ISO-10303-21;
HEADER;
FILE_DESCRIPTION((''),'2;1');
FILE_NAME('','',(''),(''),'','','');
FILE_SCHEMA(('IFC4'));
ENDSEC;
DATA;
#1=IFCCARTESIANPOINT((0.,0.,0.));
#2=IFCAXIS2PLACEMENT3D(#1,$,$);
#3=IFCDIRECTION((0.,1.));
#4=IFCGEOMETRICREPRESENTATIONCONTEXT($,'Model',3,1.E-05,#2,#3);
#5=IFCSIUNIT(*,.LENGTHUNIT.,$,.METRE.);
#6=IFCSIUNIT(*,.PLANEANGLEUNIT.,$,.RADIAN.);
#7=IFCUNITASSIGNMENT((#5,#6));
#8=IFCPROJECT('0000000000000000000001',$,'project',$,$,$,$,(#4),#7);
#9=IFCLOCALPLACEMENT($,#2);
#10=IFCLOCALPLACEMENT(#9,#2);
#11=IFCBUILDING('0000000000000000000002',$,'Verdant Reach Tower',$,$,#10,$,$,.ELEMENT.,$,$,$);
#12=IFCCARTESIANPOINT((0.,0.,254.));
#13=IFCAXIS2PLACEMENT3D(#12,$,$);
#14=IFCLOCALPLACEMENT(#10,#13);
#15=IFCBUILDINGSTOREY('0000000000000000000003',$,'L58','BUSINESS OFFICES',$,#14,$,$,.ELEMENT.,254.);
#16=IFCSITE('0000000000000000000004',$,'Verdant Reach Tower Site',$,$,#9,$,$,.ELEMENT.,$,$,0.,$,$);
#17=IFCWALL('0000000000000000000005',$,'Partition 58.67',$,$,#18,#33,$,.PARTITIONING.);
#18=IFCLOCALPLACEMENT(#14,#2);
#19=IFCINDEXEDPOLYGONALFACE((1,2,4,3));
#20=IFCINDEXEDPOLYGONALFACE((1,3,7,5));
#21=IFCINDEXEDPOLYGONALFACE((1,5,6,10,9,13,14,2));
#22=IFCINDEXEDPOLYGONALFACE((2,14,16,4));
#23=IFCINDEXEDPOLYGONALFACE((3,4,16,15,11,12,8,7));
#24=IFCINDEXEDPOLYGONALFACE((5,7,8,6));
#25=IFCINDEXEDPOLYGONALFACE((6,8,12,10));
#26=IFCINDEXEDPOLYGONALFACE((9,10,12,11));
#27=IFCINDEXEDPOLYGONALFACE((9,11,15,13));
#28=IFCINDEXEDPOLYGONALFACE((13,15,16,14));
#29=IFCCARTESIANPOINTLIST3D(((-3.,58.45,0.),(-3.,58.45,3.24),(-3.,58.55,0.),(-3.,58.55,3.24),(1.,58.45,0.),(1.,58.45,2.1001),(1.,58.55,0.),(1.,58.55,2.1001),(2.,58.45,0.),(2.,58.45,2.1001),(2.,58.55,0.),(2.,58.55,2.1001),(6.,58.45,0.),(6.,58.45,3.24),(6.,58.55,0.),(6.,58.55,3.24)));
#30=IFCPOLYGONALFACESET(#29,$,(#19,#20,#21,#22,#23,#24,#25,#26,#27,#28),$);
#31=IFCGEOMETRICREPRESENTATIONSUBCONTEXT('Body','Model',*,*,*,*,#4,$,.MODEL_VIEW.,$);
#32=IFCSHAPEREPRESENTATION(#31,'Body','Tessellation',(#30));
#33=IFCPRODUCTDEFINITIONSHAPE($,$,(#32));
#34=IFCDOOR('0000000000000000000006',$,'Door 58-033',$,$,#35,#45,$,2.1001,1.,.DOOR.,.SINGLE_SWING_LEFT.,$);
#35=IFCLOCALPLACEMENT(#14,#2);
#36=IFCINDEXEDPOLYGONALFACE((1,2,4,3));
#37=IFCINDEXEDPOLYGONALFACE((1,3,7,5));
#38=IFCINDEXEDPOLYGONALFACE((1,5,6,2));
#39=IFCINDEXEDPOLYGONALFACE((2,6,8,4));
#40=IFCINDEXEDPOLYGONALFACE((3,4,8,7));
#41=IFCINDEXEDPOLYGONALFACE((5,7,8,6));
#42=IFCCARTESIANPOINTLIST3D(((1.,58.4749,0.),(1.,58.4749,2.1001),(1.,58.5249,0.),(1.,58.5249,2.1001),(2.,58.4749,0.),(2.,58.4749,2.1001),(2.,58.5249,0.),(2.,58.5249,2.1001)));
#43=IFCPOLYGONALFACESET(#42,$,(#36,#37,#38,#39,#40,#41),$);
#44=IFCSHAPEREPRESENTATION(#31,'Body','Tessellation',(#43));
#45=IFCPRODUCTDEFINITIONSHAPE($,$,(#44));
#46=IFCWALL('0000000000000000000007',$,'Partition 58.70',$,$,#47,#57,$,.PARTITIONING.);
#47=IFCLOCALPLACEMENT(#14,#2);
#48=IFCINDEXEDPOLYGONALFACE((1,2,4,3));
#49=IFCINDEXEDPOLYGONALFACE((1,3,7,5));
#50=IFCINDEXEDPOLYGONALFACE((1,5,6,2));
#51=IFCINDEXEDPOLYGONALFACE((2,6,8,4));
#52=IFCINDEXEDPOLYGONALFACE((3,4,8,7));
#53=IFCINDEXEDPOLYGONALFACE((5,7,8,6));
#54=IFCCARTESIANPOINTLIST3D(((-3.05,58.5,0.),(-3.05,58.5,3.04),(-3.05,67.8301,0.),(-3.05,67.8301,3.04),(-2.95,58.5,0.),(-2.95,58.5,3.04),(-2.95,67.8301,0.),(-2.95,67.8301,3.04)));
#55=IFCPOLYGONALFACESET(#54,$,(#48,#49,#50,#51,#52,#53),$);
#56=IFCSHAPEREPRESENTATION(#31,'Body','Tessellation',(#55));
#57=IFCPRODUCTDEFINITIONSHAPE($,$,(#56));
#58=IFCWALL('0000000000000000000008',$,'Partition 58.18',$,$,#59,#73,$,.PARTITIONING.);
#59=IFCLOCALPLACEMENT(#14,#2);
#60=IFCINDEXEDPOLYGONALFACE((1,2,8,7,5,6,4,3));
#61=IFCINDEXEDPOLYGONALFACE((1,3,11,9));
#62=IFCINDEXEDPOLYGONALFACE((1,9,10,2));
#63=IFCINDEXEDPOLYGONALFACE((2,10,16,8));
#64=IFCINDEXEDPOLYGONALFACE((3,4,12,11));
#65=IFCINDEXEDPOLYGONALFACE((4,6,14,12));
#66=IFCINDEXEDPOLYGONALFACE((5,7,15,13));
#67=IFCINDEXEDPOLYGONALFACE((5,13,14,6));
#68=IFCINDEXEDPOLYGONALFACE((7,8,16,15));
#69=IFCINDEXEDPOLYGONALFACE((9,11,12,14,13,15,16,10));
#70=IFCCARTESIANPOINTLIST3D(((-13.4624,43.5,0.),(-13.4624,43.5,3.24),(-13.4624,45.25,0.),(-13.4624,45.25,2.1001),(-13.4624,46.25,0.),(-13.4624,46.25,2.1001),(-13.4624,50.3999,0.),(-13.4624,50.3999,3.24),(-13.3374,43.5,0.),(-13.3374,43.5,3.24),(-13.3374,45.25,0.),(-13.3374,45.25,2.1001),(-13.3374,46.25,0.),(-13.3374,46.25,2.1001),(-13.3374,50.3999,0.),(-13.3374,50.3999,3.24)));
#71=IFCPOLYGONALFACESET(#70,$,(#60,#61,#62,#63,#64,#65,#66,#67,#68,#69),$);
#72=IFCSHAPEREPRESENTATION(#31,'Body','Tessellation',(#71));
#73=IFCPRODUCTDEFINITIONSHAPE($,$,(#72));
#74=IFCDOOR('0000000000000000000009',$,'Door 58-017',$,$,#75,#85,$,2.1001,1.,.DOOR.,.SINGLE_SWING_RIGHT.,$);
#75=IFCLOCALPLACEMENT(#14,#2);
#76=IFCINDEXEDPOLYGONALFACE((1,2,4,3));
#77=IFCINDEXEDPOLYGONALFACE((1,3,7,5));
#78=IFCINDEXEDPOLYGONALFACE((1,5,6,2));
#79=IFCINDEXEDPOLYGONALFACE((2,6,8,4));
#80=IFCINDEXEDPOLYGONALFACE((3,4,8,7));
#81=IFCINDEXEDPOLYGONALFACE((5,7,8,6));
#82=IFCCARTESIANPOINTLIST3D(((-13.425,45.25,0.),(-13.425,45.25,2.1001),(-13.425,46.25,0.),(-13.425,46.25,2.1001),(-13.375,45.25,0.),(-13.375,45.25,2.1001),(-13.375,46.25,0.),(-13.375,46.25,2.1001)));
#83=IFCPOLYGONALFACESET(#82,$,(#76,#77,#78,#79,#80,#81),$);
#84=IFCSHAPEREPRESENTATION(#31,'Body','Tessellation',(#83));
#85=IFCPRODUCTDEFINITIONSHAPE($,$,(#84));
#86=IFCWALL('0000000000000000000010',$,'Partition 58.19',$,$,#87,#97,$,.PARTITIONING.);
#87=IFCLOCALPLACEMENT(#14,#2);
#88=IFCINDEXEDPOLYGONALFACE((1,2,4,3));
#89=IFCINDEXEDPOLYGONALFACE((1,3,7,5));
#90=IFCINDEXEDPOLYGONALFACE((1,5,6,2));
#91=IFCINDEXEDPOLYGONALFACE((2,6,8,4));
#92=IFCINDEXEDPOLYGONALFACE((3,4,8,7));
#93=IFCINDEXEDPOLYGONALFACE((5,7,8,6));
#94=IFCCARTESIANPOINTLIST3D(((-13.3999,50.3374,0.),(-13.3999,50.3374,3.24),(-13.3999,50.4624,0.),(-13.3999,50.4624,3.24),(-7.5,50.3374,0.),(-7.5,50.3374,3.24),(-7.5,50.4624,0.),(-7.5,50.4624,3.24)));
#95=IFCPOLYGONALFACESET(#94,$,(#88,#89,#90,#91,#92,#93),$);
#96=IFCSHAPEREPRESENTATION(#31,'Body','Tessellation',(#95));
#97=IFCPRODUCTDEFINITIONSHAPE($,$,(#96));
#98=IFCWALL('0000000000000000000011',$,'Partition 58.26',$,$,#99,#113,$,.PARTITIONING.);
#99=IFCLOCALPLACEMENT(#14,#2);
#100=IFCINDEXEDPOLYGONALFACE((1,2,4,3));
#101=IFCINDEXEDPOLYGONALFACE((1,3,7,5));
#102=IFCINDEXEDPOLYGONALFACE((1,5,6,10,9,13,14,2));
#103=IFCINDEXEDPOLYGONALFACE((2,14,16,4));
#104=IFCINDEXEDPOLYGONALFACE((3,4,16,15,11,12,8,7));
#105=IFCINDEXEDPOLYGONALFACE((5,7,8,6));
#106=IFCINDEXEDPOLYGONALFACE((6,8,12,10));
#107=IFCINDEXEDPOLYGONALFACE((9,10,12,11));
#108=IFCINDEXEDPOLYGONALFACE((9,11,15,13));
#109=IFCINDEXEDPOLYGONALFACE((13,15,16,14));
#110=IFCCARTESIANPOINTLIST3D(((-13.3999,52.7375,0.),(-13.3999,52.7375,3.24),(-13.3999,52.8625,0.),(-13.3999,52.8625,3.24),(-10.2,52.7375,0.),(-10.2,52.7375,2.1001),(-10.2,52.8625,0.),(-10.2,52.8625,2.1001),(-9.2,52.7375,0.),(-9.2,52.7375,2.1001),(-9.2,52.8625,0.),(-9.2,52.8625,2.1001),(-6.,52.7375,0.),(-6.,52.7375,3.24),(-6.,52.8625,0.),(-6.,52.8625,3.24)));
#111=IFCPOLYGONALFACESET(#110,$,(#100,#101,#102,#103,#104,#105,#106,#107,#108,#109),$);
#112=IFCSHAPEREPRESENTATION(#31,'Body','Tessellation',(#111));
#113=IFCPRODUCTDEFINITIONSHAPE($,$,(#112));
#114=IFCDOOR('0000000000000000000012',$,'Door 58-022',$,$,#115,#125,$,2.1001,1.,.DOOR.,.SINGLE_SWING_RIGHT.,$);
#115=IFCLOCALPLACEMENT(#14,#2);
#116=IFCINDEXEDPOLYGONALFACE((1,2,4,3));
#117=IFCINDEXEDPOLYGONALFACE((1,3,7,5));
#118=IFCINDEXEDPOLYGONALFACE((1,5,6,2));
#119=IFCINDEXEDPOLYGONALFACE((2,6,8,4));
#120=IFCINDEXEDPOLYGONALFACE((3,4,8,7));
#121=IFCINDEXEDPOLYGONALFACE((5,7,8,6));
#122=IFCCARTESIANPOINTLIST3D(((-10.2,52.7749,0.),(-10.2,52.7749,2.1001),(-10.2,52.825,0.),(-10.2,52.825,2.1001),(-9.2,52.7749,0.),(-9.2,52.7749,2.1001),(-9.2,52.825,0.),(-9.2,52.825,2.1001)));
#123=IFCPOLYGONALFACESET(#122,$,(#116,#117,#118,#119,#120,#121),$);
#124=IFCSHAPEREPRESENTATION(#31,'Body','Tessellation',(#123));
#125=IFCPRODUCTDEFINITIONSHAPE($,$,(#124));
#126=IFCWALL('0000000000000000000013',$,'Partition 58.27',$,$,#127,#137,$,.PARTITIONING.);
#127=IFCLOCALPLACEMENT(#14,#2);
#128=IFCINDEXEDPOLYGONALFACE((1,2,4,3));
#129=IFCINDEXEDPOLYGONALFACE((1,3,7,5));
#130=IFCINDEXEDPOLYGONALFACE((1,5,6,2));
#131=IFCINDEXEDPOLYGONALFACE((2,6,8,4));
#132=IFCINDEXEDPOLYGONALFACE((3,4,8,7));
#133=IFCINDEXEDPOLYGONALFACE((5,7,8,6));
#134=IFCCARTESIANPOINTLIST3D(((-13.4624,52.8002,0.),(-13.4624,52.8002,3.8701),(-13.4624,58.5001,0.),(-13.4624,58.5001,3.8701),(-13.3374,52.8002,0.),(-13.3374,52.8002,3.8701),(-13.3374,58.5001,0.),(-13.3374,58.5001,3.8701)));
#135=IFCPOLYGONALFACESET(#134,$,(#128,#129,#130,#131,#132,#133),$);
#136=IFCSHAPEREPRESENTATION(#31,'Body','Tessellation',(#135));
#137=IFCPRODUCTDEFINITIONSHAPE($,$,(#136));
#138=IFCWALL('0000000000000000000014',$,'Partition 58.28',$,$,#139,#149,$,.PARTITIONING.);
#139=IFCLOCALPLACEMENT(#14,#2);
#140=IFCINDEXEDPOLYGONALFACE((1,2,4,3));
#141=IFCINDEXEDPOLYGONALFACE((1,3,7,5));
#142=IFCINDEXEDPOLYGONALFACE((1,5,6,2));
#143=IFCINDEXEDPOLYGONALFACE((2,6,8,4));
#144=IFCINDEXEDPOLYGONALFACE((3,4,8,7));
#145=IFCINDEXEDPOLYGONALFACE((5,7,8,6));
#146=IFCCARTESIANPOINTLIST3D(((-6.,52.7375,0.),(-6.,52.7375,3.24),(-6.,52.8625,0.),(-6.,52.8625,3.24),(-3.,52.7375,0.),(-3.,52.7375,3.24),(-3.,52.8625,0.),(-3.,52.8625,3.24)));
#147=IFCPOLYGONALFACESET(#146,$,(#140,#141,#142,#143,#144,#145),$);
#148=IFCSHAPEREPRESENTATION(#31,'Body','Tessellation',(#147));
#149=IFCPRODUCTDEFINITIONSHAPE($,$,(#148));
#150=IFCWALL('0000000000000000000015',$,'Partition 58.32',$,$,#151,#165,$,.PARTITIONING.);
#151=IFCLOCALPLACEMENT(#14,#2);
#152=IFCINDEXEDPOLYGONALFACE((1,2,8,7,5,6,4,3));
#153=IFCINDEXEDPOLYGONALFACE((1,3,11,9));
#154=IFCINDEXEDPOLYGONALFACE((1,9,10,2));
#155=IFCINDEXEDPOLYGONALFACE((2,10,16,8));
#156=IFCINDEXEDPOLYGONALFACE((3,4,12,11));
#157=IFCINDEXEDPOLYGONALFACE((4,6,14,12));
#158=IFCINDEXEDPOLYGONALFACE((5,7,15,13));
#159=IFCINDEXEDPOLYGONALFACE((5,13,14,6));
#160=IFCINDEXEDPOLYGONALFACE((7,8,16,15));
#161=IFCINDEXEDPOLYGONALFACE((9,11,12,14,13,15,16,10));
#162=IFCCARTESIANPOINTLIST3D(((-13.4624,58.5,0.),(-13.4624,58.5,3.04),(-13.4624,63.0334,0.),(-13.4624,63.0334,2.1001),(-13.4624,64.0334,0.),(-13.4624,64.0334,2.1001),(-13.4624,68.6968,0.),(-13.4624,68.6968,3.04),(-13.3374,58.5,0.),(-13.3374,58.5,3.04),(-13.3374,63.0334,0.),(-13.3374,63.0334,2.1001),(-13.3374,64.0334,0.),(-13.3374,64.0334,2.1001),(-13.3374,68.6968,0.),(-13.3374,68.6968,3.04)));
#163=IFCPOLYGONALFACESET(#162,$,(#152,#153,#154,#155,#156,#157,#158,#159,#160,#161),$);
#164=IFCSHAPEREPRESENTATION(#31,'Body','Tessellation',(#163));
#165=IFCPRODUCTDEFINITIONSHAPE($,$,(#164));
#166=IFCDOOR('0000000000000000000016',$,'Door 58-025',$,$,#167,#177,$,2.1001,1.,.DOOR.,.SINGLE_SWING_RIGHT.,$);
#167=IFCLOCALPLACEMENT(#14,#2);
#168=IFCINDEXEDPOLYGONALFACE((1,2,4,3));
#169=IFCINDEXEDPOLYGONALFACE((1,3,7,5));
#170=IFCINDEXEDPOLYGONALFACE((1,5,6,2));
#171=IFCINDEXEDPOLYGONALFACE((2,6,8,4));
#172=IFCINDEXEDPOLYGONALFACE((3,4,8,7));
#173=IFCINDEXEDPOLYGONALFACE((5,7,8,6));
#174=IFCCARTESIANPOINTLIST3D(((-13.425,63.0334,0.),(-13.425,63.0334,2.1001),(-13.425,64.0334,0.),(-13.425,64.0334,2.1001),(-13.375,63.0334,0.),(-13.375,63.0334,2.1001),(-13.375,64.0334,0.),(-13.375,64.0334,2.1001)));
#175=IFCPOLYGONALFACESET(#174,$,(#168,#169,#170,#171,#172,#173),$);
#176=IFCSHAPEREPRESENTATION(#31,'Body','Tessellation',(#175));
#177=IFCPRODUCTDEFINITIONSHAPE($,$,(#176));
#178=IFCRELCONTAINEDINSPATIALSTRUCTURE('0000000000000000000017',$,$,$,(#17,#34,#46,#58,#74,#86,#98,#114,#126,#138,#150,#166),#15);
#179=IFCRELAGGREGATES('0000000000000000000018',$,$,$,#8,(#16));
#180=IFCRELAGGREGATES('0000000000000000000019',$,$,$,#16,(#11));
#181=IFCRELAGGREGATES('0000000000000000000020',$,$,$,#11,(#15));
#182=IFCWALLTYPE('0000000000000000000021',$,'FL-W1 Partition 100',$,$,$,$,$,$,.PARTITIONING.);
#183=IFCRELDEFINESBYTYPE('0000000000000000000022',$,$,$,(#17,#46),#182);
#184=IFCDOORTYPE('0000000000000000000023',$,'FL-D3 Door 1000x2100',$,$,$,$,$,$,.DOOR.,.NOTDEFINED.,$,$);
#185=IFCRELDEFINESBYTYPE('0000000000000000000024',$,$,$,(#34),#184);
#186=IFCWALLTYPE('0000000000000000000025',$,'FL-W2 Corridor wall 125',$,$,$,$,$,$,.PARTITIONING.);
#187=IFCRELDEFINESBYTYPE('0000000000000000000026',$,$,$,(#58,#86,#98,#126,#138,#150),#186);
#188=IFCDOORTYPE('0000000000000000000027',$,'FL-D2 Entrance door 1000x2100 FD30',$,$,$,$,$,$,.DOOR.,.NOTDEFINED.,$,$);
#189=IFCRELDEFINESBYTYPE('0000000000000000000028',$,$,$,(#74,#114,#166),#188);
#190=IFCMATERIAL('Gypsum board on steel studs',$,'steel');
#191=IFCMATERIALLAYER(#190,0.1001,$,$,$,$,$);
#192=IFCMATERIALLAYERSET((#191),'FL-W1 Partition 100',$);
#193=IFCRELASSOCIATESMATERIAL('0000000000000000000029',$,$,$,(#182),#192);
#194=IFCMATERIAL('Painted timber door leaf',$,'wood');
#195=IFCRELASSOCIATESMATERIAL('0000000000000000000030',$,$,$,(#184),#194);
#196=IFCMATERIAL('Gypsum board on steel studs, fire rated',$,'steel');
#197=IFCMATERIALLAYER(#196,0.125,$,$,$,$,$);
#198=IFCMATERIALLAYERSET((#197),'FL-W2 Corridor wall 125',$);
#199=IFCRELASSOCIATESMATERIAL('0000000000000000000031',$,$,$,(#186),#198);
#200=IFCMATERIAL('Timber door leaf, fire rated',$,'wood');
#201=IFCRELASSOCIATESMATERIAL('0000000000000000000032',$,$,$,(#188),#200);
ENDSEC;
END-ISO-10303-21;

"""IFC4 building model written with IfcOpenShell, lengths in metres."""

from ifc_helpers import new_model, si_unit, direction, frame, frame_2d, origin, place, context, subcontext, project, spatial, rectangle, extrude, material, layer, layer_set, type_object, element, fill, save


model = new_model("IFC4")

# Units and contexts
model_context = context("Model", 3, precision=1e-05, world=origin(), true_north=direction((0.0, 1.0)))
body_context = subcontext(model_context, "Body", "Model", "MODEL_VIEW")
ifc_project = project(units=[si_unit("LENGTHUNIT", "METRE"), si_unit("PLANEANGLEUNIT", "RADIAN")], contexts=[model_context])

# Site, building, storey
site_placement = place(None, origin())
site = spatial("IfcSite", under=ifc_project, at=site_placement, Name="Verdant Reach Tower Site", CompositionType="ELEMENT", RefElevation=0.0)
building_placement = place(site_placement, origin())
building = spatial("IfcBuilding", under=site, at=building_placement, Name="Verdant Reach Tower", CompositionType="ELEMENT")
storey_placement = place(building_placement, frame((0.0, 0.0, 254.0)))
storey = spatial("IfcBuildingStorey", under=building, at=storey_placement, Name="L58", Description="BUSINESS OFFICES", CompositionType="ELEMENT", Elevation=254.0)

# Shared definitions
ifc_material_1 = material(Name="Gypsum board on steel studs", Category="steel")
ifc_layer_1 = layer(ifc_material_1, 0.1001)
ifc_layer_set_1 = layer_set([ifc_layer_1], Name="FL-W1 Partition 100")
wall_type_1 = type_object("IfcWallType", Name="FL-W1 Partition 100", PredefinedType="PARTITIONING", material=ifc_layer_set_1)

# Shared definitions
ifc_material_2 = material(Name="Painted timber door leaf", Category="wood")
door_type_1 = type_object("IfcDoorType", Name="FL-D3 Door 1000x2100", OperationType="NOTDEFINED", PredefinedType="DOOR", material=ifc_material_2)

# Wall, opening, door
wall_1_placement = place(storey_placement, frame((-3.0, 58.5, 0.0), z_axis=(0.0, 0.0, 1.0), x_axis=(1.0, 0.0, 0.0)))
wall_1 = element("IfcWall", 1, at=wall_1_placement, inside=storey, type_object=wall_type_1, Name="Partition 58.67", PredefinedType="PARTITIONING", context=body_context, shape_type="SweptSolid", body=[
    extrude(rectangle(XDim=9.0, YDim=0.1001, at=frame_2d((4.5, 0.0))), origin(), (0.0, 0.0, 1.0), 3.24),
])
opening_1_placement = place(wall_1_placement, frame((4.0, 0.0, 0.0)))
opening_1 = element("IfcOpeningElement", 2, at=opening_1_placement, cuts=wall_1, PredefinedType="OPENING", context=body_context, shape_type="SweptSolid", body=[
    extrude(rectangle(XDim=1.0, YDim=2.1001, at=frame_2d((0.5, 1.05))), frame((0.0, 0.0601, 0.0), z_axis=(0.0, -1.0, 0.0), x_axis=(1.0, 0.0, 0.0)), (0.0, 0.0, 1.0), 0.1201),
])
door_1_placement = place(opening_1_placement, origin())
door_1 = element("IfcDoor", 3, at=door_1_placement, inside=storey, type_object=door_type_1, Name="Door 58-033", OperationType="SINGLE_SWING_LEFT", OverallHeight=2.1001, OverallWidth=1.0, PredefinedType="DOOR", context=body_context, shape_type="SweptSolid", body=[
    extrude(rectangle(XDim=1.0, YDim=2.1001, at=frame_2d((0.5, 1.05))), frame((0.0, 0.0249, 0.0), z_axis=(0.0, -1.0, 0.0), x_axis=(1.0, 0.0, 0.0)), (0.0, 0.0, 1.0), 0.05),
])
fill(opening_1, door_1)

# Wall
wall_2_placement = place(storey_placement, frame((-3.0, 58.5, 0.0), z_axis=(0.0, 0.0, 1.0), x_axis=(0.0, 1.0, 0.0)))
element("IfcWall", 4, at=wall_2_placement, inside=storey, type_object=wall_type_1, Name="Partition 58.70", PredefinedType="PARTITIONING", context=body_context, shape_type="SweptSolid", body=[
    extrude(rectangle(XDim=9.3301, YDim=0.1001, at=frame_2d((4.665, 0.0))), origin(), (0.0, 0.0, 1.0), 3.04),
])

# Wall, opening, door
ifc_material_3 = material(Name="Gypsum board on steel studs, fire rated", Category="steel")
ifc_layer_2 = layer(ifc_material_3, 0.125)
ifc_layer_set_2 = layer_set([ifc_layer_2], Name="FL-W2 Corridor wall 125")
wall_type_2 = type_object("IfcWallType", Name="FL-W2 Corridor wall 125", PredefinedType="PARTITIONING", material=ifc_layer_set_2)
wall_3_placement = place(storey_placement, frame((-13.3999, 50.3999, 0.0), z_axis=(0.0, 0.0, 1.0), x_axis=(0.0, -1.0, 0.0)))
wall_3 = element("IfcWall", 5, at=wall_3_placement, inside=storey, type_object=wall_type_2, Name="Partition 58.18", PredefinedType="PARTITIONING", context=body_context, shape_type="SweptSolid", body=[
    extrude(rectangle(XDim=6.8999, YDim=0.125, at=frame_2d((3.45, 0.0))), origin(), (0.0, 0.0, 1.0), 3.24),
])
opening_2_placement = place(wall_3_placement, frame((4.1499, 0.0, 0.0)))
opening_2 = element("IfcOpeningElement", 6, at=opening_2_placement, cuts=wall_3, PredefinedType="OPENING", context=body_context, shape_type="SweptSolid", body=[
    extrude(rectangle(XDim=1.0, YDim=2.1001, at=frame_2d((0.5, 1.05))), frame((0.0, 0.0725, 0.0), z_axis=(0.0, -1.0, 0.0), x_axis=(1.0, 0.0, 0.0)), (0.0, 0.0, 1.0), 0.145),
])
ifc_material_4 = material(Name="Timber door leaf, fire rated", Category="wood")
door_type_2 = type_object("IfcDoorType", Name="FL-D2 Entrance door 1000x2100 FD30", OperationType="NOTDEFINED", PredefinedType="DOOR", material=ifc_material_4)
door_2_placement = place(opening_2_placement, origin())
door_2 = element("IfcDoor", 7, at=door_2_placement, inside=storey, type_object=door_type_2, Name="Door 58-017", OperationType="SINGLE_SWING_RIGHT", OverallHeight=2.1001, OverallWidth=1.0, PredefinedType="DOOR", context=body_context, shape_type="SweptSolid", body=[
    extrude(rectangle(XDim=1.0, YDim=2.1001, at=frame_2d((0.5, 1.05))), frame((0.0, 0.0249, 0.0), z_axis=(0.0, -1.0, 0.0), x_axis=(1.0, 0.0, 0.0)), (0.0, 0.0, 1.0), 0.05),
])
fill(opening_2, door_2)

# Wall
wall_4_placement = place(storey_placement, frame((-7.5, 50.3999, 0.0), z_axis=(0.0, 0.0, 1.0), x_axis=(-1.0, 0.0, 0.0)))
element("IfcWall", 8, at=wall_4_placement, inside=storey, type_object=wall_type_2, Name="Partition 58.19", PredefinedType="PARTITIONING", context=body_context, shape_type="SweptSolid", body=[
    extrude(rectangle(XDim=5.8999, YDim=0.125, at=frame_2d((2.95, 0.0))), origin(), (0.0, 0.0, 1.0), 3.24),
])

# Wall, opening, door
wall_5_placement = place(storey_placement, frame((-13.3999, 52.8, 0.0), z_axis=(0.0, 0.0, 1.0), x_axis=(1.0, 0.0, 0.0)))
wall_5 = element("IfcWall", 9, at=wall_5_placement, inside=storey, type_object=wall_type_2, Name="Partition 58.26", PredefinedType="PARTITIONING", context=body_context, shape_type="SweptSolid", body=[
    extrude(rectangle(XDim=7.3999, YDim=0.125, at=frame_2d((3.7, 0.0))), origin(), (0.0, 0.0, 1.0), 3.24),
])
opening_3_placement = place(wall_5_placement, frame((3.2, 0.0, 0.0)))
opening_3 = element("IfcOpeningElement", 10, at=opening_3_placement, cuts=wall_5, PredefinedType="OPENING", context=body_context, shape_type="SweptSolid", body=[
    extrude(rectangle(XDim=1.0, YDim=2.1001, at=frame_2d((0.5, 1.05))), frame((0.0, 0.0725, 0.0), z_axis=(0.0, -1.0, 0.0), x_axis=(1.0, 0.0, 0.0)), (0.0, 0.0, 1.0), 0.145),
])
door_3_placement = place(opening_3_placement, origin())
door_3 = element("IfcDoor", 11, at=door_3_placement, inside=storey, type_object=door_type_2, Name="Door 58-022", OperationType="SINGLE_SWING_RIGHT", OverallHeight=2.1001, OverallWidth=1.0, PredefinedType="DOOR", context=body_context, shape_type="SweptSolid", body=[
    extrude(rectangle(XDim=1.0, YDim=2.1001, at=frame_2d((0.5, 1.05))), frame((0.0, 0.0249, 0.0), z_axis=(0.0, -1.0, 0.0), x_axis=(1.0, 0.0, 0.0)), (0.0, 0.0, 1.0), 0.05),
])
fill(opening_3, door_3)

# Walls
wall_6_placement = place(storey_placement, frame((-13.3999, 52.8, 0.0), z_axis=(0.0, 0.0, 1.0), x_axis=(0.0, 1.0, 0.0)))
element("IfcWall", 12, at=wall_6_placement, inside=storey, type_object=wall_type_2, Name="Partition 58.27", PredefinedType="PARTITIONING", context=body_context, shape_type="SweptSolid", body=[
    extrude(rectangle(XDim=5.7, YDim=0.125, at=frame_2d((2.8501, 0.0))), origin(), (0.0, 0.0, 1.0), 3.8701),
])
wall_7_placement = place(storey_placement, frame((-3.0, 52.8, 0.0), z_axis=(0.0, 0.0, 1.0), x_axis=(-1.0, 0.0, 0.0)))
element("IfcWall", 13, at=wall_7_placement, inside=storey, type_object=wall_type_2, Name="Partition 58.28", PredefinedType="PARTITIONING", context=body_context, shape_type="SweptSolid", body=[
    extrude(rectangle(XDim=3.0, YDim=0.125, at=frame_2d((1.5, 0.0))), origin(), (0.0, 0.0, 1.0), 3.24),
])

# Wall, opening, door
wall_8_placement = place(storey_placement, frame((-13.3999, 68.6968, 0.0), z_axis=(0.0, 0.0, 1.0), x_axis=(0.0, -1.0, 0.0)))
wall_8 = element("IfcWall", 14, at=wall_8_placement, inside=storey, type_object=wall_type_2, Name="Partition 58.32", PredefinedType="PARTITIONING", context=body_context, shape_type="SweptSolid", body=[
    extrude(rectangle(XDim=10.1968, YDim=0.125, at=frame_2d((5.0984, 0.0))), origin(), (0.0, 0.0, 1.0), 3.04),
])
opening_4_placement = place(wall_8_placement, frame((4.6633, 0.0, 0.0)))
opening_4 = element("IfcOpeningElement", 15, at=opening_4_placement, cuts=wall_8, PredefinedType="OPENING", context=body_context, shape_type="SweptSolid", body=[
    extrude(rectangle(XDim=1.0, YDim=2.1001, at=frame_2d((0.5, 1.05))), frame((0.0, 0.0725, 0.0), z_axis=(0.0, -1.0, 0.0), x_axis=(1.0, 0.0, 0.0)), (0.0, 0.0, 1.0), 0.145),
])
door_4_placement = place(opening_4_placement, origin())
door_4 = element("IfcDoor", 16, at=door_4_placement, inside=storey, type_object=door_type_2, Name="Door 58-025", OperationType="SINGLE_SWING_RIGHT", OverallHeight=2.1001, OverallWidth=1.0, PredefinedType="DOOR", context=body_context, shape_type="SweptSolid", body=[
    extrude(rectangle(XDim=1.0, YDim=2.1001, at=frame_2d((0.5, 1.05))), frame((0.0, 0.0249, 0.0), z_axis=(0.0, -1.0, 0.0), x_axis=(1.0, 0.0, 0.0)), (0.0, 0.0, 1.0), 0.05),
])
fill(opening_4, door_4)

save(model, "model.ifc")
